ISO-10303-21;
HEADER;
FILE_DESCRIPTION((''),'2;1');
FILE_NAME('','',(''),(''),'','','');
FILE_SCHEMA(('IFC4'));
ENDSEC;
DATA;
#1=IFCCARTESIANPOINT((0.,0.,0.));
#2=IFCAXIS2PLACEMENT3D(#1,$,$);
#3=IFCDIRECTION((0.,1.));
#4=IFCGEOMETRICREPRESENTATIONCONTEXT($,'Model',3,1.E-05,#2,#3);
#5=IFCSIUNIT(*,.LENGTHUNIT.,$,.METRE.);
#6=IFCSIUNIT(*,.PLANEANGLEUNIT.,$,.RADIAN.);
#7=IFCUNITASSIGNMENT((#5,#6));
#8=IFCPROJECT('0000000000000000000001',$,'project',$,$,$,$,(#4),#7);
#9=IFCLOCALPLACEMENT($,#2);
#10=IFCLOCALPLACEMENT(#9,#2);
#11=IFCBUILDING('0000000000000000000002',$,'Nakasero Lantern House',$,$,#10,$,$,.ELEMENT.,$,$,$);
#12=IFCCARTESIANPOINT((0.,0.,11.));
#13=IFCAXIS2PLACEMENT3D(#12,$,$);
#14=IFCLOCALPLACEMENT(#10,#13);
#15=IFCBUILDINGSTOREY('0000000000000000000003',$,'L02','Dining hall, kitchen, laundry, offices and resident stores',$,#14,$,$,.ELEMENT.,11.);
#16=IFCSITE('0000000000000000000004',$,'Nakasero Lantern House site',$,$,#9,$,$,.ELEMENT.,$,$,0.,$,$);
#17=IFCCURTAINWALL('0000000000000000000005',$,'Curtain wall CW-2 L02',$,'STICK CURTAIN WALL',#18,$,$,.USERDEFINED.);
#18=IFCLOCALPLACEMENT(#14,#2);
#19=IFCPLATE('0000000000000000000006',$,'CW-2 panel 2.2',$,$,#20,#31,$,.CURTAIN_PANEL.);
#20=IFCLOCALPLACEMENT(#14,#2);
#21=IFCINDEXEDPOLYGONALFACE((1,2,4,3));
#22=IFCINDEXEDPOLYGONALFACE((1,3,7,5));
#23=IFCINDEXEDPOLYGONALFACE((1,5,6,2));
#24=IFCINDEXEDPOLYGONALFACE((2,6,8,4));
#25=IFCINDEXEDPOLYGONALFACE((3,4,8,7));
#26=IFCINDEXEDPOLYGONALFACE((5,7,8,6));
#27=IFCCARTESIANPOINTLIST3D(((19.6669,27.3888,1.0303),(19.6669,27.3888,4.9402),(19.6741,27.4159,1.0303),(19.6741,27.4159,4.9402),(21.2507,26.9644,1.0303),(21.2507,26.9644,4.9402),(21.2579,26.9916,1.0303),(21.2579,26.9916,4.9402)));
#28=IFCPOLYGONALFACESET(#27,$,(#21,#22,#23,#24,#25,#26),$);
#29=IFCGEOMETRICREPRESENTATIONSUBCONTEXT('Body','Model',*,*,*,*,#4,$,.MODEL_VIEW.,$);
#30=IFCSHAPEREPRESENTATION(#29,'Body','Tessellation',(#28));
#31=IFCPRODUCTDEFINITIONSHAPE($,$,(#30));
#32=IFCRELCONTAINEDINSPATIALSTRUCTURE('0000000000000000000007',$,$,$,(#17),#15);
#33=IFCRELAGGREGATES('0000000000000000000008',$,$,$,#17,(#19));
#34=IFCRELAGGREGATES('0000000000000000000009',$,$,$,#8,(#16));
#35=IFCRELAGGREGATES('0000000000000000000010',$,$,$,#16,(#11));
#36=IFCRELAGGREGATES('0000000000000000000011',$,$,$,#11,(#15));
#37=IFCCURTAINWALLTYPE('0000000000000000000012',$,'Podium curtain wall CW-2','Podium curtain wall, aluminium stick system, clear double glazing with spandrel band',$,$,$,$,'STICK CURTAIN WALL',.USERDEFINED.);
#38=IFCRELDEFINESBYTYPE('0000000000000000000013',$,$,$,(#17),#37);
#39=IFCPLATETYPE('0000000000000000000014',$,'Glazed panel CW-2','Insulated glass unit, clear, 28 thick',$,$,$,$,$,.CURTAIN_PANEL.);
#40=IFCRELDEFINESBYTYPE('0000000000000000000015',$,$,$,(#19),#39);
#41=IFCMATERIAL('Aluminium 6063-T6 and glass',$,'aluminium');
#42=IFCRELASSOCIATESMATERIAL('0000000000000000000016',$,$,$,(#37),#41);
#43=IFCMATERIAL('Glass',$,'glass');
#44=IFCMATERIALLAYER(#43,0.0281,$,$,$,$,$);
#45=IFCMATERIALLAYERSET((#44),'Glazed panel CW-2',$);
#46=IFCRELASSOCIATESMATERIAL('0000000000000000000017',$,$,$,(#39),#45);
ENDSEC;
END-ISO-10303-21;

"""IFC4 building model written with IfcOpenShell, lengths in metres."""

from ifc_helpers import new_model, si_unit, direction, frame, origin, origin_2d, place, context, subcontext, project, spatial, rectangle, extrude, material, layer, layer_set, type_object, element, aggregate, save


model = new_model("IFC4")

# Units and contexts
model_context = context("Model", 3, precision=1e-05, world=origin(), true_north=direction((0.0, 1.0)))
body_context = subcontext(model_context, "Body", "Model", "MODEL_VIEW")
ifc_project = project(units=[si_unit("LENGTHUNIT", "METRE"), si_unit("PLANEANGLEUNIT", "RADIAN")], contexts=[model_context])

# Site, building, storey
site_placement = place(None, origin())
site = spatial("IfcSite", under=ifc_project, at=site_placement, Name="Nakasero Lantern House site", CompositionType="ELEMENT", RefElevation=0.0)
building_placement = place(site_placement, origin())
building = spatial("IfcBuilding", under=site, at=building_placement, Name="Nakasero Lantern House", CompositionType="ELEMENT")
storey_placement = place(building_placement, frame((0.0, 0.0, 11.0)))
storey = spatial("IfcBuildingStorey", under=building, at=storey_placement, Name="L02", Description="Dining hall, kitchen, laundry, offices and resident stores", CompositionType="ELEMENT", Elevation=11.0)

# Curtain wall
ifc_material_1 = material(Name="Aluminium 6063-T6 and glass", Category="aluminium")
curtain_wall_type = type_object("IfcCurtainWallType", Name="Podium curtain wall CW-2", Description="Podium curtain wall, aluminium stick system, clear double glazing with spandrel band", ElementType="STICK CURTAIN WALL", PredefinedType="USERDEFINED", material=ifc_material_1)
curtain_wall_1_placement = place(storey_placement, origin())
curtain_wall_1 = element("IfcCurtainWall", 1, at=curtain_wall_1_placement, inside=storey, type_object=curtain_wall_type, Name="Curtain wall CW-2 L02", ObjectType="STICK CURTAIN WALL", PredefinedType="USERDEFINED")

# Plate
ifc_material_2 = material(Name="Glass", Category="glass")
ifc_layer = layer(ifc_material_2, 0.0281)
ifc_layer_set = layer_set([ifc_layer], Name="Glazed panel CW-2")
plate_type = type_object("IfcPlateType", Name="Glazed panel CW-2", Description="Insulated glass unit, clear, 28 thick", PredefinedType="CURTAIN_PANEL", material=ifc_layer_set)
plate_1_placement = place(storey_placement, frame((20.4624, 27.1902, 1.0303), z_axis=(0.0, 0.0, 1.0), x_axis=(-0.965926, 0.258819, 0.0)))
plate_1 = element("IfcPlate", 2, at=plate_1_placement, type_object=plate_type, Name="CW-2 panel 2.2", PredefinedType="CURTAIN_PANEL", context=body_context, shape_type="SweptSolid", body=[
    extrude(rectangle(XDim=1.6396, YDim=0.0281, at=origin_2d()), origin(), (0.0, 0.0, 1.0), 3.9099),
])
aggregate(curtain_wall_1, [plate_1])

save(model, "model.ifc")
